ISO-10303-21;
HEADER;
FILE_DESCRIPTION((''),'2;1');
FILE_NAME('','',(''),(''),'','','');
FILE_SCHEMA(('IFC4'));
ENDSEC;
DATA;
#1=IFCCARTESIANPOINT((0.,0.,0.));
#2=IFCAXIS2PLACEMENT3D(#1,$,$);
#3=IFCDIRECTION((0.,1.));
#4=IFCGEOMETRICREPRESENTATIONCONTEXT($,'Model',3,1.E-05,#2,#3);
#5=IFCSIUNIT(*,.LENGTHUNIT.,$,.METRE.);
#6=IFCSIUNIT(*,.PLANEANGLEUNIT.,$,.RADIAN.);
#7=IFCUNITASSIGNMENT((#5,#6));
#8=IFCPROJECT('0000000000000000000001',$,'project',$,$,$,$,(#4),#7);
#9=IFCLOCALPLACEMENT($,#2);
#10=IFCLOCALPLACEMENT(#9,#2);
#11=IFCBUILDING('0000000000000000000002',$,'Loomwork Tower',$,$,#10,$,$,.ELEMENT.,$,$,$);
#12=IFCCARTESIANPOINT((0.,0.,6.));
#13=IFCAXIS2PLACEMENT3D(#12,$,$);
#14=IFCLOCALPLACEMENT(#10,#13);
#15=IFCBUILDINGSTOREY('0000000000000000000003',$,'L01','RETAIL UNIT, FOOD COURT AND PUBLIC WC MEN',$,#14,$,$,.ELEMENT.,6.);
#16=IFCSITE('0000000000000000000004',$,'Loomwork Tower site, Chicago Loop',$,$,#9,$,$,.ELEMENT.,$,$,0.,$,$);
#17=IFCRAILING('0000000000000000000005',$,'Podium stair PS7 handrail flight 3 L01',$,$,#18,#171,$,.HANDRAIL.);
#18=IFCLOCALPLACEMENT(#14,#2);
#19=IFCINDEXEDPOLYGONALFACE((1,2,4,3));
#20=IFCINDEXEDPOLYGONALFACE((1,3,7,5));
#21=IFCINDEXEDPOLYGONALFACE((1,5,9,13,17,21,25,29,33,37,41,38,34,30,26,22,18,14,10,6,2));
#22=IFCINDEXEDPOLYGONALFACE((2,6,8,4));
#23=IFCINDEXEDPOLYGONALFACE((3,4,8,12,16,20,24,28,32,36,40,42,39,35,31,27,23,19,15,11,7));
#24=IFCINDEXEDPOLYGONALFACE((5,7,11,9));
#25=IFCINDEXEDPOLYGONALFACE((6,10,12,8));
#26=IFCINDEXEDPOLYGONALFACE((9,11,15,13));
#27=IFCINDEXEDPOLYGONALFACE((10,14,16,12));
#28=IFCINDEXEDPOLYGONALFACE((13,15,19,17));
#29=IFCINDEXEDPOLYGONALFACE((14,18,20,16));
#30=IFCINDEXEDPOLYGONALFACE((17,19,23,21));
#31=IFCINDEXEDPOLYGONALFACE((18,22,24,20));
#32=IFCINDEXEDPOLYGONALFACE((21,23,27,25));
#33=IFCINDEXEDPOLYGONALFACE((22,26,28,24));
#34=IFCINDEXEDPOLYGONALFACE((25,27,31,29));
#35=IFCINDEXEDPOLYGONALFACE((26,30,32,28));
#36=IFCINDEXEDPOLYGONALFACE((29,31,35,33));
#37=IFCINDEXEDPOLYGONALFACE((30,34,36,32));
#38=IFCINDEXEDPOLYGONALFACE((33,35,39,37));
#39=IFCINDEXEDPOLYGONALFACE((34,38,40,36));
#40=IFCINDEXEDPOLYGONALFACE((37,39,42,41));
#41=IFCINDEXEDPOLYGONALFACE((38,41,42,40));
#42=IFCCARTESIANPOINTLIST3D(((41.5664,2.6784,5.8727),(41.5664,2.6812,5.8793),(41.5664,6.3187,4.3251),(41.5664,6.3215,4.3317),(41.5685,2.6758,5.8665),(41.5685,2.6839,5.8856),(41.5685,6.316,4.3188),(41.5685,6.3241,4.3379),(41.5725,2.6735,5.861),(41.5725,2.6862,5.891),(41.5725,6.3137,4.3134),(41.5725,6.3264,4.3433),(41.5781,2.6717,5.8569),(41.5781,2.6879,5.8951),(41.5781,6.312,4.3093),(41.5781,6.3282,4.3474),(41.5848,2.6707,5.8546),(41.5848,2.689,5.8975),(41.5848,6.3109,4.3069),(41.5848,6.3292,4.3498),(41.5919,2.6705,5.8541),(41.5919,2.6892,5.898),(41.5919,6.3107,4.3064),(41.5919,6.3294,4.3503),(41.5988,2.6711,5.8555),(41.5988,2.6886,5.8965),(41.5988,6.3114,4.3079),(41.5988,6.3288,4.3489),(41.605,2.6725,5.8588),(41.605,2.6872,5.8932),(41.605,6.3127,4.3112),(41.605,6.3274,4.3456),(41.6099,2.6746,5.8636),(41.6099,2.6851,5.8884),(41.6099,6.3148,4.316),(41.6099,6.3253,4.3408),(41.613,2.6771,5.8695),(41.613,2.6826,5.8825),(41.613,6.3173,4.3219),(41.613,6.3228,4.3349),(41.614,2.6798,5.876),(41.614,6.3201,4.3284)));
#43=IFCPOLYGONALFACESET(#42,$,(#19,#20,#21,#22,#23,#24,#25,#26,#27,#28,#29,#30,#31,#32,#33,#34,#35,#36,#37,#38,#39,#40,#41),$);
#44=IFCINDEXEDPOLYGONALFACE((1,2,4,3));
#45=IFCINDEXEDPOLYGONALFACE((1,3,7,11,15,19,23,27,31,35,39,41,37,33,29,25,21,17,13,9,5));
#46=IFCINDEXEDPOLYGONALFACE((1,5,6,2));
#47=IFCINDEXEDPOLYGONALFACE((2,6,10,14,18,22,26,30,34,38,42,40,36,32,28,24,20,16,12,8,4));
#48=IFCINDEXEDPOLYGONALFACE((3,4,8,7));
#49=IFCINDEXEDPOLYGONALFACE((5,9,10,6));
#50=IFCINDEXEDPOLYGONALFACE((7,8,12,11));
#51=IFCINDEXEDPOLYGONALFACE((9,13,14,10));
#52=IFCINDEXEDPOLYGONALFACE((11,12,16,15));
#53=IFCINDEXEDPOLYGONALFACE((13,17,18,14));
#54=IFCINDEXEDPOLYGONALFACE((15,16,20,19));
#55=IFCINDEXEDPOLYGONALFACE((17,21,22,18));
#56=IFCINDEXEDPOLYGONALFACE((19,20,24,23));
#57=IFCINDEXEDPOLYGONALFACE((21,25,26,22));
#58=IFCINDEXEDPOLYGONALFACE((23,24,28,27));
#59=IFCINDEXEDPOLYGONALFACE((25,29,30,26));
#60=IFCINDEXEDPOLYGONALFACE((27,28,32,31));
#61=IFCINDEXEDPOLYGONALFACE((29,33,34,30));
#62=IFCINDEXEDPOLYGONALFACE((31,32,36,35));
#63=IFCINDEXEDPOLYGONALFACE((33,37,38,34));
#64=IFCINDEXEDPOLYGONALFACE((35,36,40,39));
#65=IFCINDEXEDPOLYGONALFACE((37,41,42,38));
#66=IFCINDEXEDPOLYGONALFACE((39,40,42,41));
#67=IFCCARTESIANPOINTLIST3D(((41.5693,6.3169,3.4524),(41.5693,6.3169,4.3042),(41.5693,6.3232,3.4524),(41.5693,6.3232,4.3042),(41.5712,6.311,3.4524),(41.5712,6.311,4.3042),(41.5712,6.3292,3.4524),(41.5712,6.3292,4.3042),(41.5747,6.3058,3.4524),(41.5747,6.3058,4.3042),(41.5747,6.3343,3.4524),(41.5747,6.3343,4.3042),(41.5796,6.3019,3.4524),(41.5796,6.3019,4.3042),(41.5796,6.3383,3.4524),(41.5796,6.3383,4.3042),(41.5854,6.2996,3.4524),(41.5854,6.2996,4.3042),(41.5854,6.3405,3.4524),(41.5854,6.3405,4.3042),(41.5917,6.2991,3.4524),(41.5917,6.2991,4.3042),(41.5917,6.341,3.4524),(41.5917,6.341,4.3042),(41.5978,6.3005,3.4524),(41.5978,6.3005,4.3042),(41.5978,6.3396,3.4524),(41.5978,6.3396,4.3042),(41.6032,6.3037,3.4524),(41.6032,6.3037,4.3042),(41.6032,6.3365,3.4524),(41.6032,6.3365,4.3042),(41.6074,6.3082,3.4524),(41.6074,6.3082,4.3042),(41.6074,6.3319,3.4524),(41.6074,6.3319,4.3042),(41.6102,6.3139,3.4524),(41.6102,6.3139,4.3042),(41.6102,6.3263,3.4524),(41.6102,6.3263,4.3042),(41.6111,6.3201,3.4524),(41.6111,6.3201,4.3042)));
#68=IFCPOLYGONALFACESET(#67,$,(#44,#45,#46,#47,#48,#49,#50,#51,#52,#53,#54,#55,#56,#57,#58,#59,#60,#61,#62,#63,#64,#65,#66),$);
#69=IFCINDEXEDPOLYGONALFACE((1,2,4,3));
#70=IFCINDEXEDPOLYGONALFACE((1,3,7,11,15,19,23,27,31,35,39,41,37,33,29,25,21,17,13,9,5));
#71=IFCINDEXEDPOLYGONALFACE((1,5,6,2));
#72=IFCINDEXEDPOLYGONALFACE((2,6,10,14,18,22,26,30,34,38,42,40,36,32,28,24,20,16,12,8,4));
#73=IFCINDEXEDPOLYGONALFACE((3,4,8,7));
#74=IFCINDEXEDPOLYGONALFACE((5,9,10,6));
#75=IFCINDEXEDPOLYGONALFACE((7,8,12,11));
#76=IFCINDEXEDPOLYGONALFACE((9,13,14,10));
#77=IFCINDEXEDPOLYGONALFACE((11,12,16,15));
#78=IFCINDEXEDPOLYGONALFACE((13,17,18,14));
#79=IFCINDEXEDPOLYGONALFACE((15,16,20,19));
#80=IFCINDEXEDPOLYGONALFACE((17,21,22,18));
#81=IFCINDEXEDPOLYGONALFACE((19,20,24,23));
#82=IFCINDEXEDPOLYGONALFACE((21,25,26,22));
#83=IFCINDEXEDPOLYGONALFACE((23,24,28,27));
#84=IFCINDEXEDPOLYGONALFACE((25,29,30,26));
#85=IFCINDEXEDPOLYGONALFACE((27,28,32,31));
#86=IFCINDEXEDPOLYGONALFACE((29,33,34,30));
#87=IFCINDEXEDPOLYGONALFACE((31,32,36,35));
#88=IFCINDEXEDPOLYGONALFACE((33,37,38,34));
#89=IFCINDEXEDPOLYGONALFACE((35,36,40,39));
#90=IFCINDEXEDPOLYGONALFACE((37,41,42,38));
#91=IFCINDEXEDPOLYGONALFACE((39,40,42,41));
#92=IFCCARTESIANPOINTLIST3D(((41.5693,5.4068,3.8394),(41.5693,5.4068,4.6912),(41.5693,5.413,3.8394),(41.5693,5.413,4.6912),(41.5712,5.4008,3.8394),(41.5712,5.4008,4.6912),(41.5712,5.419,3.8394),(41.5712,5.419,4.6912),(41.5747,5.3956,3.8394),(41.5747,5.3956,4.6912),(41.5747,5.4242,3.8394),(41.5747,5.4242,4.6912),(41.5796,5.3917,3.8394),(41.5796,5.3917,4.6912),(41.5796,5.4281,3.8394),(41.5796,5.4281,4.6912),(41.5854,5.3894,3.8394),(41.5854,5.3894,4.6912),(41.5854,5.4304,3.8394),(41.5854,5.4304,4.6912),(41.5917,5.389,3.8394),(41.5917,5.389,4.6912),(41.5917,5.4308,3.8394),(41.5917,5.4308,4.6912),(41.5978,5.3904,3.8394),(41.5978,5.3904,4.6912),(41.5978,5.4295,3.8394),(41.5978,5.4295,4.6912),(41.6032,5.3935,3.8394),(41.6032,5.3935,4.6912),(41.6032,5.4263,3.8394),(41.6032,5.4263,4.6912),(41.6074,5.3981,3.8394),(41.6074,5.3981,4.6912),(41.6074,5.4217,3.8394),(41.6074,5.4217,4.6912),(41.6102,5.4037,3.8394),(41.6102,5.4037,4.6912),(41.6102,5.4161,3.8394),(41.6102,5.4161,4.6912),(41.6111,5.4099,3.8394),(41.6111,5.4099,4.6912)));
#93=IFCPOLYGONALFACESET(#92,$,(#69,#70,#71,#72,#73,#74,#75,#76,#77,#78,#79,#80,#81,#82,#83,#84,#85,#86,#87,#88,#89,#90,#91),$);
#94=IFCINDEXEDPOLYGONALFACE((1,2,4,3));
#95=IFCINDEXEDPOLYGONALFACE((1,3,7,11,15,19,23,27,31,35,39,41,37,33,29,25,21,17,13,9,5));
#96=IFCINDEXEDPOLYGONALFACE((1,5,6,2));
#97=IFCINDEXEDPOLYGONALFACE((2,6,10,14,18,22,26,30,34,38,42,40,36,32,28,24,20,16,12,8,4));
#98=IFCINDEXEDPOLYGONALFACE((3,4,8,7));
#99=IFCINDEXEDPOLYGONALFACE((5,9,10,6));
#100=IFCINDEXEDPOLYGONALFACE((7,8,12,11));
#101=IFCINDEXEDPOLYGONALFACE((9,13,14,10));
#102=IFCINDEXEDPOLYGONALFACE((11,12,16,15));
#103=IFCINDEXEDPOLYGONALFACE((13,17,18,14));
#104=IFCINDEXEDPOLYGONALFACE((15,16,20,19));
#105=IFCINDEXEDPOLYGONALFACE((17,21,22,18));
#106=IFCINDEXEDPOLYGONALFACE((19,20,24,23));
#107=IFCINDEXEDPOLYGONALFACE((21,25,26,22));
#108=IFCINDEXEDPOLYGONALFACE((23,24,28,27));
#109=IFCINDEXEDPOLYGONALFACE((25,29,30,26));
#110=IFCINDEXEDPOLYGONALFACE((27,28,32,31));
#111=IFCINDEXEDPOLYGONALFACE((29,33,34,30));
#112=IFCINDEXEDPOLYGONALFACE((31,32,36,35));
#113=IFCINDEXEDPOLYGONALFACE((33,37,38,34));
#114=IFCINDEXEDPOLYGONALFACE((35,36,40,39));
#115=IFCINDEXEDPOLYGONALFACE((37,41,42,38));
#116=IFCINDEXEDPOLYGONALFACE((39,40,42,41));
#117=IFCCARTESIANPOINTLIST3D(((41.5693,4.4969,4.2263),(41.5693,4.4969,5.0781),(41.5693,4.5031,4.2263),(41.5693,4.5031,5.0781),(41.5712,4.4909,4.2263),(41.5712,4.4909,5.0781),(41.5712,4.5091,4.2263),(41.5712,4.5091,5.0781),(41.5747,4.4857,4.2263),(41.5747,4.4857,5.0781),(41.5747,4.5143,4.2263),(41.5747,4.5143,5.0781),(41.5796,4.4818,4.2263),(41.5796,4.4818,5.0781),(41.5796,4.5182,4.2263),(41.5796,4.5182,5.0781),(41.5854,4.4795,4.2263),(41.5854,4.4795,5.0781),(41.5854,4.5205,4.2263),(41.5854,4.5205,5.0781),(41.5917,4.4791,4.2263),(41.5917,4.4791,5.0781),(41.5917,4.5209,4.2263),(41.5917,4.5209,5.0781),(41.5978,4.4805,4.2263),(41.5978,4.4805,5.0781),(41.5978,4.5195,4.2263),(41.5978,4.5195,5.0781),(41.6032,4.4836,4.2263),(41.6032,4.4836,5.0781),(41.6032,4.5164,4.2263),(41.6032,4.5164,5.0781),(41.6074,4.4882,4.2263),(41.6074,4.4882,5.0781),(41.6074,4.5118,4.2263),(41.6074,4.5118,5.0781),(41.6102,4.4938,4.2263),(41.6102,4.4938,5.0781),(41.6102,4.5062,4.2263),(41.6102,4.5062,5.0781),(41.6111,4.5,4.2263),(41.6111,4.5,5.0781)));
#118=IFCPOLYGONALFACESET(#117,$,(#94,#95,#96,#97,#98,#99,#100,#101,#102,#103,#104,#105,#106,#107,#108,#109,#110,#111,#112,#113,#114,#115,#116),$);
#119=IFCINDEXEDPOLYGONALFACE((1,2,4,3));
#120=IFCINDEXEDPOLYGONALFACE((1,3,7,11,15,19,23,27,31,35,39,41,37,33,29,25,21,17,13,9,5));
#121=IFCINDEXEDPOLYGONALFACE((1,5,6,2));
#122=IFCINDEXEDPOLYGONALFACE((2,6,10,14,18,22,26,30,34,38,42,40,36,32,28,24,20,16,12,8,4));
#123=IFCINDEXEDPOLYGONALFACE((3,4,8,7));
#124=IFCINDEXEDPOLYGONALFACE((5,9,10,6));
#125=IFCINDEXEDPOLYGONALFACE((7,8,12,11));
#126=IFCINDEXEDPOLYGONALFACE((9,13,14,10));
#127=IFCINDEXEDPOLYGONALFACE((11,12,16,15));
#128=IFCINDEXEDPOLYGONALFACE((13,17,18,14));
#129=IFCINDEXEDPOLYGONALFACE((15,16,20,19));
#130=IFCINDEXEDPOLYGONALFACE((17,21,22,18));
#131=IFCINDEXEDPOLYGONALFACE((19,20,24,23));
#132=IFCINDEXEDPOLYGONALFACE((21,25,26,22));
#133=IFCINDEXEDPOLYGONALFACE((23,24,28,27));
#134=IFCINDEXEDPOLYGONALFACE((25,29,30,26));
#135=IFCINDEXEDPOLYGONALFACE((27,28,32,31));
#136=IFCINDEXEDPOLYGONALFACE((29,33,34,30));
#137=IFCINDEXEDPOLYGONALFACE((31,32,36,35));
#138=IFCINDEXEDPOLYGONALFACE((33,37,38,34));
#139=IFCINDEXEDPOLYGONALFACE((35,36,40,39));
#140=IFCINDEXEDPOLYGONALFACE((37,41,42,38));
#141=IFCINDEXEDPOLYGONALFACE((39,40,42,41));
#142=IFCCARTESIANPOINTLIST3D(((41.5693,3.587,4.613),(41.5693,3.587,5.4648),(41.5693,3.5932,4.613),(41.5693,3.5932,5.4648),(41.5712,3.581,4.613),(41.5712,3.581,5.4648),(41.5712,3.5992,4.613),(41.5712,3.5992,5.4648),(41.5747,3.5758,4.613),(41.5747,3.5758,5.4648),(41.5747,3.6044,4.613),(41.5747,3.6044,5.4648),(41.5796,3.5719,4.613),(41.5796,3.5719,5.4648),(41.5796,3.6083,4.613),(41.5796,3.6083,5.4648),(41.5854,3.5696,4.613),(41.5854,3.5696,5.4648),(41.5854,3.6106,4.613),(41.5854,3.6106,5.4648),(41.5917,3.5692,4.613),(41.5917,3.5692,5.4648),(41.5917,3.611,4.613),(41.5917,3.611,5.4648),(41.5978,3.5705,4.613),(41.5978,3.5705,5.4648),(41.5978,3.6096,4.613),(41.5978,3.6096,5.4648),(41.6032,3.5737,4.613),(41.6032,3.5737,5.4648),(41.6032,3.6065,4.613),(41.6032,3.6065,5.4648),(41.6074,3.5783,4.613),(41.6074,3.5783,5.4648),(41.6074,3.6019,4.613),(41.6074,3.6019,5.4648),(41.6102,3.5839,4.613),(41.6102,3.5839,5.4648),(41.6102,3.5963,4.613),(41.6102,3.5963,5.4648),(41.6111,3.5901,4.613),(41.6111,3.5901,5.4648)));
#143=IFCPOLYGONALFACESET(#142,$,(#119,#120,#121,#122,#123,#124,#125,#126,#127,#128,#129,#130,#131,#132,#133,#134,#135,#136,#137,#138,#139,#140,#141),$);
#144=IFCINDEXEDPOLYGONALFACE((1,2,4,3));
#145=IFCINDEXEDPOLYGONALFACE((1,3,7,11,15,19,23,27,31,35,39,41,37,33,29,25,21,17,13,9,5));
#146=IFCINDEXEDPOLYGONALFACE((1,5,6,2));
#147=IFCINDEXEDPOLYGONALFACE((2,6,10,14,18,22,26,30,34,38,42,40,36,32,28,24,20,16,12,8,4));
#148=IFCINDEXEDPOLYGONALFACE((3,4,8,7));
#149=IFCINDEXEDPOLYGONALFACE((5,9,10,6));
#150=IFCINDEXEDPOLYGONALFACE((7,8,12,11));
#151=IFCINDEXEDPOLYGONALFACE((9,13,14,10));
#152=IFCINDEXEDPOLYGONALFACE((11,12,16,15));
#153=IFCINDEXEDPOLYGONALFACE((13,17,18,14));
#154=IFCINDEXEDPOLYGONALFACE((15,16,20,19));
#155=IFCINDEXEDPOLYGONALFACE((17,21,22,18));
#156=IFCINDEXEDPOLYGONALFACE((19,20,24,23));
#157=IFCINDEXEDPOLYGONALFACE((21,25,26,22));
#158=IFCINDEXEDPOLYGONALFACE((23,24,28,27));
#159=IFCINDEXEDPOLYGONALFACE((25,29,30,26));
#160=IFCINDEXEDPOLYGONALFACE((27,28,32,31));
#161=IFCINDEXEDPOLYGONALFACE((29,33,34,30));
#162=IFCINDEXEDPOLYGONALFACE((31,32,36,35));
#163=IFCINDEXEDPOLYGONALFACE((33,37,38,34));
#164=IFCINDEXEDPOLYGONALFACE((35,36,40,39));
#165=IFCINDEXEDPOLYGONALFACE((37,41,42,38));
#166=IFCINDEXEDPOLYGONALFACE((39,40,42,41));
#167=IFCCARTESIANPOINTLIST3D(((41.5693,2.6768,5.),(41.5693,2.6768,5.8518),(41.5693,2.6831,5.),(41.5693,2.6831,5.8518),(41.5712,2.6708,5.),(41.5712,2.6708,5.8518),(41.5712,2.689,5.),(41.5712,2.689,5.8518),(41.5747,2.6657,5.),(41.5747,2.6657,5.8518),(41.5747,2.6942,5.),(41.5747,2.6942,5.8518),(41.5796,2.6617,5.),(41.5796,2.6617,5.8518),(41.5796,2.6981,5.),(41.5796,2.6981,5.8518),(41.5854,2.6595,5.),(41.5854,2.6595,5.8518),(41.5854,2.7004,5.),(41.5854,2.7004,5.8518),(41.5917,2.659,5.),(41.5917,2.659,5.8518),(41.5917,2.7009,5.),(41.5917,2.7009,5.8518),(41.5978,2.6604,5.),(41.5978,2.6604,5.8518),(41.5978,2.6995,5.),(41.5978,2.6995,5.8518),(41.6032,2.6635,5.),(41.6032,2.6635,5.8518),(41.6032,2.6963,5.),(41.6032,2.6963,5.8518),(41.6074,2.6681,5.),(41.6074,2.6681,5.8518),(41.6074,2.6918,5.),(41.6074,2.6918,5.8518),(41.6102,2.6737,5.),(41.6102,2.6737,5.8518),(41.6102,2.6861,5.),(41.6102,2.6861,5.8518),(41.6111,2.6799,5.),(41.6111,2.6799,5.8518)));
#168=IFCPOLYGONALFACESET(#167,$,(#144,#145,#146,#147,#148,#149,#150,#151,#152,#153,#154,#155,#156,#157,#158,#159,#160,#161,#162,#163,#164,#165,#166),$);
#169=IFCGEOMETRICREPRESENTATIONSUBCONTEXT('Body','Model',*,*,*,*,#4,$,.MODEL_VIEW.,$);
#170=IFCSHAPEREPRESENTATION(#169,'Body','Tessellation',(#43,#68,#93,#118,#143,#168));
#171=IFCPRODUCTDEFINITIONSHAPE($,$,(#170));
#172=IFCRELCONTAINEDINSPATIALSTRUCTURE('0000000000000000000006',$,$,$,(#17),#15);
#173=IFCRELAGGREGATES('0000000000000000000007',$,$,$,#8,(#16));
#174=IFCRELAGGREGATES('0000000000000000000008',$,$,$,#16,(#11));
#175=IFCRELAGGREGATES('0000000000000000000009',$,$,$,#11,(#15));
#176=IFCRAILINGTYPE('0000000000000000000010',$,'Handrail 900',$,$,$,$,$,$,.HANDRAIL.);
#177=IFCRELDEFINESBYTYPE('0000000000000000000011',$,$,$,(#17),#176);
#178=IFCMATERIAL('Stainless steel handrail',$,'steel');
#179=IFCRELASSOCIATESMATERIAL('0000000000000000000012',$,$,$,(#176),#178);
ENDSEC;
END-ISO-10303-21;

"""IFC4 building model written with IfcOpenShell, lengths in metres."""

from ifc_helpers import new_model, si_unit, direction, frame, origin, origin_2d, place, context, subcontext, project, spatial, circle, extrude, material, type_object, element, save


model = new_model("IFC4")

# Units and contexts
model_context = context("Model", 3, precision=1e-05, world=origin(), true_north=direction((0.0, 1.0)))
body_context = subcontext(model_context, "Body", "Model", "MODEL_VIEW")
ifc_project = project(units=[si_unit("LENGTHUNIT", "METRE"), si_unit("PLANEANGLEUNIT", "RADIAN")], contexts=[model_context])

# Site, building, storey
site_placement = place(None, origin())
site = spatial("IfcSite", under=ifc_project, at=site_placement, Name="Loomwork Tower site, Chicago Loop", CompositionType="ELEMENT", RefElevation=0.0)
building_placement = place(site_placement, origin())
building = spatial("IfcBuilding", under=site, at=building_placement, Name="Loomwork Tower", CompositionType="ELEMENT")
storey_placement = place(building_placement, frame((0.0, 0.0, 6.0)))
storey = spatial("IfcBuildingStorey", under=building, at=storey_placement, Name="L01", Description="RETAIL UNIT, FOOD COURT AND PUBLIC WC MEN", CompositionType="ELEMENT", Elevation=6.0)

# Railing
ifc_material_1 = material(Name="Stainless steel handrail", Category="steel")
railing_type = type_object("IfcRailingType", Name="Handrail 900", PredefinedType="HANDRAIL", material=ifc_material_1)
railing_1_placement = place(storey_placement, frame((41.5901, 6.3201, 3.4524)))
element("IfcRailing", 1, at=railing_1_placement, inside=storey, type_object=railing_type, Name="Podium stair PS7 handrail flight 3 L01", PredefinedType="HANDRAIL", context=body_context, shape_type="SweptSolid", body=[
    extrude(circle(Radius=0.0239, at=origin_2d()), frame((0.0, 0.0, 0.876), z_axis=(0.0, -0.920281, 0.391258), x_axis=(1.0, 0.0, 0.0)), (0.0, 0.0, 1.0), 3.9556),
    extrude(circle(Radius=0.021, at=origin_2d()), origin(), (0.0, 0.0, 1.0), 0.8518),
    extrude(circle(Radius=0.021, at=origin_2d()), frame((0.0, -0.9102, 0.387)), (0.0, 0.0, 1.0), 0.8518),
    extrude(circle(Radius=0.021, at=origin_2d()), frame((0.0, -1.8201, 0.7739)), (0.0, 0.0, 1.0), 0.8518),
    extrude(circle(Radius=0.021, at=origin_2d()), frame((0.0, -2.73, 1.1606)), (0.0, 0.0, 1.0), 0.8518),
    extrude(circle(Radius=0.021, at=origin_2d()), frame((0.0, -3.6401, 1.5476)), (0.0, 0.0, 1.0), 0.8518),
])

save(model, "model.ifc")
